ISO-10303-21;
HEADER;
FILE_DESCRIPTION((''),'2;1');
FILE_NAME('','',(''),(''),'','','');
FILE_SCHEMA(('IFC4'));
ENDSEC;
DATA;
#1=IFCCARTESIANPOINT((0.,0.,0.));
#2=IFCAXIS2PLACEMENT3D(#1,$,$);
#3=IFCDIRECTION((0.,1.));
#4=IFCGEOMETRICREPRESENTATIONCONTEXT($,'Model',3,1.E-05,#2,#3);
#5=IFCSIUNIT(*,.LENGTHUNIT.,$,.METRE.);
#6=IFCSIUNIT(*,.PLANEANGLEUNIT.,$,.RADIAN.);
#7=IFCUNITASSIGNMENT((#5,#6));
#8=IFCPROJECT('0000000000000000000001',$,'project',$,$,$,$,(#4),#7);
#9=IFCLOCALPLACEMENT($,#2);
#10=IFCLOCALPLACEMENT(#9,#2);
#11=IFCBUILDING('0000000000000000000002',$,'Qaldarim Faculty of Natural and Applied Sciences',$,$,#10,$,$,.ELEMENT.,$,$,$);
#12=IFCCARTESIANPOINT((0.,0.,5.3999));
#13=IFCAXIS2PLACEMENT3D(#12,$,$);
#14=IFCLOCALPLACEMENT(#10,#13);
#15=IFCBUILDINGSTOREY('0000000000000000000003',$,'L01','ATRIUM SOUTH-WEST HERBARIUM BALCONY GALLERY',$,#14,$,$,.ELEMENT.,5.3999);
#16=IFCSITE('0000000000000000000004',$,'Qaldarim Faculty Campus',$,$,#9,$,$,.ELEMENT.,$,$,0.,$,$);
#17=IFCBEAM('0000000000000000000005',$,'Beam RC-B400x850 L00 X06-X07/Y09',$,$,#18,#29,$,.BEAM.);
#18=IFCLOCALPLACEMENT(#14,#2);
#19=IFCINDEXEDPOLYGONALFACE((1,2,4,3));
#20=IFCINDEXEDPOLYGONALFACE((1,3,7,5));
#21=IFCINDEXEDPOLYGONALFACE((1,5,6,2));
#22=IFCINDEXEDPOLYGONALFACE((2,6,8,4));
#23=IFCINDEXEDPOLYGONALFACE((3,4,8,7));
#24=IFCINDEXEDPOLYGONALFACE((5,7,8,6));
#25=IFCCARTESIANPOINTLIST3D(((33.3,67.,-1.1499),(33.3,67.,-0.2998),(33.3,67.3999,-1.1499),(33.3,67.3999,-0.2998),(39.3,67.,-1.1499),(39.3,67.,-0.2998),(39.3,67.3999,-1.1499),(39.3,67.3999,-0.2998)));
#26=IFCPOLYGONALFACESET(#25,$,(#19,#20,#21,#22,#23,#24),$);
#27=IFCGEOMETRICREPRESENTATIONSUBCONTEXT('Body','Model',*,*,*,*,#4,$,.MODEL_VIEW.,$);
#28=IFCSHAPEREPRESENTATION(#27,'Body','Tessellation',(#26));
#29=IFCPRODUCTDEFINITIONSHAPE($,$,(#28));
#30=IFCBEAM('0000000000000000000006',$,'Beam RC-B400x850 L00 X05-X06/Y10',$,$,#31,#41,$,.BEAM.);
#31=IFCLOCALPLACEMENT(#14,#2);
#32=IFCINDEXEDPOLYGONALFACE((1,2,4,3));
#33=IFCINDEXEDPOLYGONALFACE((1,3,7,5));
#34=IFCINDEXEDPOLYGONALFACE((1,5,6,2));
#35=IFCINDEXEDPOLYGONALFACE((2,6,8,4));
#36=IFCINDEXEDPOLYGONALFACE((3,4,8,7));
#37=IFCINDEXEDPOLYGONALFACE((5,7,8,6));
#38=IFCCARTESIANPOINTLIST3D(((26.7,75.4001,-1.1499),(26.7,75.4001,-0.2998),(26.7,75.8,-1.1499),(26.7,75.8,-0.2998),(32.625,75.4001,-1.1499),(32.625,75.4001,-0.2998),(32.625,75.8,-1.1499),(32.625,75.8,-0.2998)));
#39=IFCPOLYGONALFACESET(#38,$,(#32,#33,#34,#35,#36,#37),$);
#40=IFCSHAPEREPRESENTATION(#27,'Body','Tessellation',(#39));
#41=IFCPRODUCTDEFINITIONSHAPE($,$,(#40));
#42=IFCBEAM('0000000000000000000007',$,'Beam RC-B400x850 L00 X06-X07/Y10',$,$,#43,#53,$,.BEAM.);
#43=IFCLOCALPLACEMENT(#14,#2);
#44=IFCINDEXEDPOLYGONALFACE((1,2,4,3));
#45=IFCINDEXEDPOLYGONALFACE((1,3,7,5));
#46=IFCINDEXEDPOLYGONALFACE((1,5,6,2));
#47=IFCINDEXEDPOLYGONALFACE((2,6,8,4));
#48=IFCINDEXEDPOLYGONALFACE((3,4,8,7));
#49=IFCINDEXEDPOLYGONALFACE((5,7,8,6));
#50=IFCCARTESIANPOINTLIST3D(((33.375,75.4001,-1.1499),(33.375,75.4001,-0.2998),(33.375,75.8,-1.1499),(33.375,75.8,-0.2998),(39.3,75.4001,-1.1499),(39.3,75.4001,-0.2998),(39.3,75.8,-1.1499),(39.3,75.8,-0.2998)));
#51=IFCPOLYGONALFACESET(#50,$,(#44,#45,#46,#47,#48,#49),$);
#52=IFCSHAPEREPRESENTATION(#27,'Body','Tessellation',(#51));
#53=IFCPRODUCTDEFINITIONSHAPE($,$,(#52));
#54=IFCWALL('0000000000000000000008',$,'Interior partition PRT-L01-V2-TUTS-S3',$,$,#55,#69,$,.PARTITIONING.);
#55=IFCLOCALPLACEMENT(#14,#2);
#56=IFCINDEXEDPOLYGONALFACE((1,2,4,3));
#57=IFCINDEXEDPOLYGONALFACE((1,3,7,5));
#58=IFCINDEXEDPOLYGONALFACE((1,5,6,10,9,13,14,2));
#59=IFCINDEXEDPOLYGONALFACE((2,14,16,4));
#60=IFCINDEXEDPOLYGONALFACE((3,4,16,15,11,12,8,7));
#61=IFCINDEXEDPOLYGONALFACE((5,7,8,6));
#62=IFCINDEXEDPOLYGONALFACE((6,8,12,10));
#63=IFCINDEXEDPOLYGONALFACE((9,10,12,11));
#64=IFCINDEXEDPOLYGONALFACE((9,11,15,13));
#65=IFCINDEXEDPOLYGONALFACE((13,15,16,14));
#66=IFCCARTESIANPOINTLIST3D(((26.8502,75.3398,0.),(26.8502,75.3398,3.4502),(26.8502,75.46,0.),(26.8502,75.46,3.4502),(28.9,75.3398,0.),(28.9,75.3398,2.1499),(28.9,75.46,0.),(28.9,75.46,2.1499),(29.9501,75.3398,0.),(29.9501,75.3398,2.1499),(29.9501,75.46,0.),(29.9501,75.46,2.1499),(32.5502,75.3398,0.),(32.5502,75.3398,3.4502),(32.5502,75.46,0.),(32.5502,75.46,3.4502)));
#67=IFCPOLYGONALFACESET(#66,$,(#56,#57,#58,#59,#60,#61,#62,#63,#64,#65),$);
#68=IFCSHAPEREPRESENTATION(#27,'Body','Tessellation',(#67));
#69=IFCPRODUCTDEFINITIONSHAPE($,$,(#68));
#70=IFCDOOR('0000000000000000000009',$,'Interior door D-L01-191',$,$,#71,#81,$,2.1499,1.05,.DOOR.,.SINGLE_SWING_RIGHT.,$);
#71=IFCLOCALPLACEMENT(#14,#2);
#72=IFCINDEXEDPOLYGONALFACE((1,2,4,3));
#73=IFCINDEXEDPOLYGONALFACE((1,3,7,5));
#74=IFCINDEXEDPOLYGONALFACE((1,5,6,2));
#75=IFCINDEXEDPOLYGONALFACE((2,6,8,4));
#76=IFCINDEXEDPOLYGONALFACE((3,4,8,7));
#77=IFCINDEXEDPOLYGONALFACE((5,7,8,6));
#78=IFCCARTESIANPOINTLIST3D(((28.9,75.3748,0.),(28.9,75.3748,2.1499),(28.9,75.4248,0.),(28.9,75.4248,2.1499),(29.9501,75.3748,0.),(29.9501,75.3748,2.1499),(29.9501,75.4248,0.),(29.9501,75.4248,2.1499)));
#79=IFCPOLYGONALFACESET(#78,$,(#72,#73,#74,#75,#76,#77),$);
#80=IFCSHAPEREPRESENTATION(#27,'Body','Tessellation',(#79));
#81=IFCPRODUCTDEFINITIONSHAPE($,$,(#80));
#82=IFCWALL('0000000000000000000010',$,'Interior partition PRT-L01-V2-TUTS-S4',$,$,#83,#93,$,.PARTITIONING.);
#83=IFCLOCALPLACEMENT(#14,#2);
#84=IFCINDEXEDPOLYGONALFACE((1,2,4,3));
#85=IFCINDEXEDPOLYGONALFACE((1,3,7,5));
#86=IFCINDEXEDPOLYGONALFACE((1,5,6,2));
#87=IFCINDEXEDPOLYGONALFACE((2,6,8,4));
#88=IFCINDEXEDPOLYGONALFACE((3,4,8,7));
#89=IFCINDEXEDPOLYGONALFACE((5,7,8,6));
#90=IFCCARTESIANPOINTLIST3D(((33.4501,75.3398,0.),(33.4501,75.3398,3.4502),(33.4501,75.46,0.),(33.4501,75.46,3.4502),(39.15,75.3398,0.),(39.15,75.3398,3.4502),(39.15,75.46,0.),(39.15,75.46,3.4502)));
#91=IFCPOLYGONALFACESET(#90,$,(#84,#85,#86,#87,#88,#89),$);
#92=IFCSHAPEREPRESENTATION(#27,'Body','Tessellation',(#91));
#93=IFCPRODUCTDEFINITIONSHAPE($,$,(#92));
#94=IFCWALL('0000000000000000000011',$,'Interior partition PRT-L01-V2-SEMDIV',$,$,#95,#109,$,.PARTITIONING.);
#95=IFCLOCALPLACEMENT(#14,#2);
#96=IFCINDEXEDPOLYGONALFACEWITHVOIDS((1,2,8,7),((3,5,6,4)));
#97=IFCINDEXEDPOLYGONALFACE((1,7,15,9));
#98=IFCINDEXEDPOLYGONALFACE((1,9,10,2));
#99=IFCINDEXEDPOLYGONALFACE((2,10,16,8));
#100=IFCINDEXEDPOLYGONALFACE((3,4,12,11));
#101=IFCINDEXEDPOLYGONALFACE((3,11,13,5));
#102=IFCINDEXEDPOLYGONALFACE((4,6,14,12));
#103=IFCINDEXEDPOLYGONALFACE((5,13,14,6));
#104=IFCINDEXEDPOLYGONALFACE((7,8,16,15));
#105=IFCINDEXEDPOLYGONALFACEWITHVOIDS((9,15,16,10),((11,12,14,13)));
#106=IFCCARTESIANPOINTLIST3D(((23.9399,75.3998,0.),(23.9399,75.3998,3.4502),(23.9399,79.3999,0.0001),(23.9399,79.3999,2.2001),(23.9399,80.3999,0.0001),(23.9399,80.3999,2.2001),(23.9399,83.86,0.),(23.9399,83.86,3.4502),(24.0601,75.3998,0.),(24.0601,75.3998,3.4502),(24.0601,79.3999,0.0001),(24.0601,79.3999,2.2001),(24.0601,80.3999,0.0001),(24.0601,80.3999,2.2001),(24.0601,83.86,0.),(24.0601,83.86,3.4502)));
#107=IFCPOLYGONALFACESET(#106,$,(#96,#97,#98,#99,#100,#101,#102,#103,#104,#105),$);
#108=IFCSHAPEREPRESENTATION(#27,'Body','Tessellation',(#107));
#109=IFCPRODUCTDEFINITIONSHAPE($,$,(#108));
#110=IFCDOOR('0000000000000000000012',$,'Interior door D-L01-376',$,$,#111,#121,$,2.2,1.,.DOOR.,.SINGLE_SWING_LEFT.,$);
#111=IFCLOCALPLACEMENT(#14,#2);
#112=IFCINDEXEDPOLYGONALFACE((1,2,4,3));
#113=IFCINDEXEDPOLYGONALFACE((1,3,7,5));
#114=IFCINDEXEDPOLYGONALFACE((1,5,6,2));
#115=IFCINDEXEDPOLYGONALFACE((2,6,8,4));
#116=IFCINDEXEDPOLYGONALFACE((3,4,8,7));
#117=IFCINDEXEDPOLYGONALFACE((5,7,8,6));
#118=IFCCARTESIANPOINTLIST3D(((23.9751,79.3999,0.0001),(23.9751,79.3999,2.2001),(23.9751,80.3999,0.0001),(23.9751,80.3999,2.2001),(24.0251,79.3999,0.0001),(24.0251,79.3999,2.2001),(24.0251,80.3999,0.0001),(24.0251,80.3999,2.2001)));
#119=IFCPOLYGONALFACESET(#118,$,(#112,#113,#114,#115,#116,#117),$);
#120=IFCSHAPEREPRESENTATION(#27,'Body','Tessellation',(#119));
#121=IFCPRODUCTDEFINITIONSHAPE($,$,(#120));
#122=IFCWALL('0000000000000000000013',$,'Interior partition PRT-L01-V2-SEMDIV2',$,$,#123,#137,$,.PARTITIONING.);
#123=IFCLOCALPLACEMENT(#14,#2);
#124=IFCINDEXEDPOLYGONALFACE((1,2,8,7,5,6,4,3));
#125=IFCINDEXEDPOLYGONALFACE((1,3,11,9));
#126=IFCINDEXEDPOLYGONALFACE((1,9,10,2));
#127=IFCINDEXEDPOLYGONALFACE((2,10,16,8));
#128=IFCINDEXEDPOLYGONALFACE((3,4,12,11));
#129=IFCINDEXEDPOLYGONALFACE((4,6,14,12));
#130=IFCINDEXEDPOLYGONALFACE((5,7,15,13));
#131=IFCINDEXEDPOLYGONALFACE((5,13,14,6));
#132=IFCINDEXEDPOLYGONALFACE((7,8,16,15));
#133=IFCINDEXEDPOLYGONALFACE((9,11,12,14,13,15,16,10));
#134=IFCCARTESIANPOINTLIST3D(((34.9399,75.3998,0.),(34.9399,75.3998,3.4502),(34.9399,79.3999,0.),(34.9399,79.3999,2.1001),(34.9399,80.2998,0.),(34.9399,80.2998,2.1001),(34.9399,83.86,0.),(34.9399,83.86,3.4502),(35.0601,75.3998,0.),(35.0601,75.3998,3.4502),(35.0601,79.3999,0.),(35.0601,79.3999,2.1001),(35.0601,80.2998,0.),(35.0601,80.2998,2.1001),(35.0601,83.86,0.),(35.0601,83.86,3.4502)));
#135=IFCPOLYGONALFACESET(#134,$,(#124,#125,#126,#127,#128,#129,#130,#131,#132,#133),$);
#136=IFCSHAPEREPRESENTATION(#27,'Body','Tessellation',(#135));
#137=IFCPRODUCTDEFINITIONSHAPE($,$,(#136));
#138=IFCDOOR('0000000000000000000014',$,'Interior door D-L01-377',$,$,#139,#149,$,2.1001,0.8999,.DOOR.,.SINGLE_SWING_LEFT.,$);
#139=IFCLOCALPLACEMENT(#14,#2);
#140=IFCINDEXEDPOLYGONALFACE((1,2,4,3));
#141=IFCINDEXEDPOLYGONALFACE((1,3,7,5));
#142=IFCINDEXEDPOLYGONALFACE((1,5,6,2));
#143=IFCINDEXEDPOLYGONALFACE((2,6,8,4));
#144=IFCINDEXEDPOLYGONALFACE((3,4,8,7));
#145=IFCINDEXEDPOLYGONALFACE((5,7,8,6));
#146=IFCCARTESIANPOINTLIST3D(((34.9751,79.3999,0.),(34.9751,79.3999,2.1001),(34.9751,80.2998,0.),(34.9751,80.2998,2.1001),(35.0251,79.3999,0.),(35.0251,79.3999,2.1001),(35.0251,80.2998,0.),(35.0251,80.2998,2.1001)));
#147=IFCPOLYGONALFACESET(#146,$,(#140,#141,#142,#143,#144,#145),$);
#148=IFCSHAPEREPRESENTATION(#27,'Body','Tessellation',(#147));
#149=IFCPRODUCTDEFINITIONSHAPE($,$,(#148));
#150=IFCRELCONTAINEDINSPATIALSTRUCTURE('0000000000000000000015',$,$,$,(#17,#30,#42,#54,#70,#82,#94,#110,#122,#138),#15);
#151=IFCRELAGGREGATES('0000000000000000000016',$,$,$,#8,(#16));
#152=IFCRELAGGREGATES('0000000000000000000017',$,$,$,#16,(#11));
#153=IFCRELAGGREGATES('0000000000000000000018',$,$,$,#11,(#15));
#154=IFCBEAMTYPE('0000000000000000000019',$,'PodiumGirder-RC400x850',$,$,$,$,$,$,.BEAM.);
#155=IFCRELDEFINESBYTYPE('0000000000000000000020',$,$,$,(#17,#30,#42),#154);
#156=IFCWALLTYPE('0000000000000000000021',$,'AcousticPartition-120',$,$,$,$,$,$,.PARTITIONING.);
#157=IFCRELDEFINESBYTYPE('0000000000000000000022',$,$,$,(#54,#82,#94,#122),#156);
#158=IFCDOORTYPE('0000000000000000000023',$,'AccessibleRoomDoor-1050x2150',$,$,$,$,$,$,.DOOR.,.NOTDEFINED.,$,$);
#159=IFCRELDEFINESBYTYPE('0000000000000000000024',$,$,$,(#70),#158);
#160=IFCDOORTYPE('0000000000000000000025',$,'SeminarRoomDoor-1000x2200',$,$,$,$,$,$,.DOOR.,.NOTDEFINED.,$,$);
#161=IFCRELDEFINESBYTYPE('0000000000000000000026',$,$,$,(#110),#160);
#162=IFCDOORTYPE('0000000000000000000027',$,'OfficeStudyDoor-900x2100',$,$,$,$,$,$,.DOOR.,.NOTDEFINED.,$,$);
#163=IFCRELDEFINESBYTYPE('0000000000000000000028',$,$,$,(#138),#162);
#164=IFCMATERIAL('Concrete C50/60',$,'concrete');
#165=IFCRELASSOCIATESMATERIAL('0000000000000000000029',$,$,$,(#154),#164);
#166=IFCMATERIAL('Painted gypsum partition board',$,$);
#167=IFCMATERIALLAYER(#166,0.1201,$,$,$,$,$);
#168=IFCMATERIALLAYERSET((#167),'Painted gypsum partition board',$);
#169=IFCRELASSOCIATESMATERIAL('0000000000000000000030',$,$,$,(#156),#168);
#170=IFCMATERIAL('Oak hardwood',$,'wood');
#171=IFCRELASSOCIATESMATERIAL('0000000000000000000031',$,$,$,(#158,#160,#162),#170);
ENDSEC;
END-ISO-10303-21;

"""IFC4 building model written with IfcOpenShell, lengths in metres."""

from ifc_helpers import new_model, si_unit, direction, frame, frame_2d, origin, origin_2d, place, context, subcontext, project, spatial, rectangle, extrude, material, layer, layer_set, material_profile, profile_set, type_object, element, fill, save


model = new_model("IFC4")

# Units and contexts
model_context = context("Model", 3, precision=1e-05, world=origin(), true_north=direction((0.0, 1.0)))
body_context = subcontext(model_context, "Body", "Model", "MODEL_VIEW")
ifc_project = project(units=[si_unit("LENGTHUNIT", "METRE"), si_unit("PLANEANGLEUNIT", "RADIAN")], contexts=[model_context])

# Site, building, storey
site_placement = place(None, origin())
site = spatial("IfcSite", under=ifc_project, at=site_placement, Name="Qaldarim Faculty Campus", CompositionType="ELEMENT", RefElevation=0.0)
building_placement = place(site_placement, origin())
building = spatial("IfcBuilding", under=site, at=building_placement, Name="Qaldarim Faculty of Natural and Applied Sciences", CompositionType="ELEMENT")
storey_placement = place(building_placement, frame((0.0, 0.0, 5.3999)))
storey = spatial("IfcBuildingStorey", under=building, at=storey_placement, Name="L01", Description="ATRIUM SOUTH-WEST HERBARIUM BALCONY GALLERY", CompositionType="ELEMENT", Elevation=5.3999)

# Shared definitions
ifc_material_1 = material(Name="Concrete C50/60", Category="concrete")

# Beams
ifc_material_profile_1 = material_profile(ifc_material_1, rectangle(XDim=0.3999, YDim=0.8501, at=origin_2d()), Name="RC-B400x850")
ifc_profile_set_1 = profile_set([ifc_material_profile_1], Name="Concrete C50/60")
beam_type_1 = type_object("IfcBeamType", Name="PodiumGirder-RC400x850", PredefinedType="BEAM", material=ifc_profile_set_1)
beam_1_placement = place(storey_placement, frame((33.3, 67.2, -0.7249), z_axis=(1.0, 0.0, 0.0), x_axis=(0.0, 1.0, 0.0)))
element("IfcBeam", 1, at=beam_1_placement, inside=storey, type_object=beam_type_1, Name="Beam RC-B400x850 L00 X06-X07/Y09", PredefinedType="BEAM", context=body_context, shape_type="SweptSolid", body=[
    extrude(rectangle(XDim=0.3999, YDim=0.8501, at=origin_2d()), origin(), (0.0, 0.0, 1.0), 6.0),
])
for number, where, z_axis, x_axis, name in (
    (2, (26.7, 75.6001, -0.7249), (1.0, 0.0, 0.0), (0.0, 1.0, 0.0), "Beam RC-B400x850 L00 X05-X06/Y10"),
    (3, (33.375, 75.6001, -0.7249), (1.0, 0.0, 0.0), (0.0, 1.0, 0.0), "Beam RC-B400x850 L00 X06-X07/Y10"),
):
    element("IfcBeam", number, at=place(storey_placement, frame(where, z_axis=z_axis, x_axis=x_axis)), inside=storey, type_object=beam_type_1, Name=name, PredefinedType="BEAM", context=body_context, shape_type="SweptSolid", body=[
        extrude(rectangle(XDim=0.3999, YDim=0.8501, at=origin_2d()), origin(), (0.0, 0.0, 1.0), 5.925),
    ])

# Wall, opening, door
ifc_material_2 = material(Name="Painted gypsum partition board")
ifc_layer = layer(ifc_material_2, 0.1201)
ifc_layer_set = layer_set([ifc_layer], Name="Painted gypsum partition board")
wall_type = type_object("IfcWallType", Name="AcousticPartition-120", PredefinedType="PARTITIONING", material=ifc_layer_set)
wall_1_placement = place(storey_placement, frame((26.8501, 75.3999, 0.0), z_axis=(0.0, 0.0, 1.0), x_axis=(1.0, 0.0, 0.0)))
wall_1 = element("IfcWall", 4, at=wall_1_placement, inside=storey, type_object=wall_type, Name="Interior partition PRT-L01-V2-TUTS-S3", PredefinedType="PARTITIONING", context=body_context, shape_type="SweptSolid", body=[
    extrude(rectangle(XDim=5.7, YDim=0.1201, at=frame_2d((2.8501, 0.0))), origin(), (0.0, 0.0, 1.0), 3.4502),
])
opening_1_placement = place(wall_1_placement, frame((2.05, 0.0, 0.0)))
opening_1 = element("IfcOpeningElement", 5, at=opening_1_placement, cuts=wall_1, PredefinedType="OPENING", context=body_context, shape_type="SweptSolid", body=[
    extrude(rectangle(XDim=1.05, YDim=2.1499, at=frame_2d((0.5249, 1.075))), frame((0.0, 0.0701, 0.0), z_axis=(0.0, -1.0, 0.0), x_axis=(1.0, 0.0, 0.0)), (0.0, 0.0, 1.0), 0.1401),
])
ifc_material_3 = material(Name="Oak hardwood", Category="wood")
door_type_1 = type_object("IfcDoorType", Name="AccessibleRoomDoor-1050x2150", OperationType="NOTDEFINED", PredefinedType="DOOR", material=ifc_material_3)
door_1_placement = place(opening_1_placement, origin())
door_1 = element("IfcDoor", 6, at=door_1_placement, inside=storey, type_object=door_type_1, Name="Interior door D-L01-191", OperationType="SINGLE_SWING_RIGHT", OverallHeight=2.1499, OverallWidth=1.05, PredefinedType="DOOR", context=body_context, shape_type="SweptSolid", body=[
    extrude(rectangle(XDim=1.05, YDim=2.1499, at=frame_2d((0.5249, 1.075))), frame((0.0, 0.0249, 0.0), z_axis=(0.0, -1.0, 0.0), x_axis=(1.0, 0.0, 0.0)), (0.0, 0.0, 1.0), 0.05),
])
fill(opening_1, door_1)

# Wall
wall_2_placement = place(storey_placement, frame((33.45, 75.3999, 0.0), z_axis=(0.0, 0.0, 1.0), x_axis=(1.0, 0.0, 0.0)))
element("IfcWall", 7, at=wall_2_placement, inside=storey, type_object=wall_type, Name="Interior partition PRT-L01-V2-TUTS-S4", PredefinedType="PARTITIONING", context=body_context, shape_type="SweptSolid", body=[
    extrude(rectangle(XDim=5.7, YDim=0.1201, at=frame_2d((2.8501, 0.0))), origin(), (0.0, 0.0, 1.0), 3.4502),
])

# Walls, openings, doors
wall_3_placement = place(storey_placement, frame((24.0, 75.3999, 0.0), z_axis=(0.0, 0.0, 1.0), x_axis=(0.0, 1.0, 0.0)))
wall_3 = element("IfcWall", 8, at=wall_3_placement, inside=storey, type_object=wall_type, Name="Interior partition PRT-L01-V2-SEMDIV", PredefinedType="PARTITIONING", context=body_context, shape_type="SweptSolid", body=[
    extrude(rectangle(XDim=8.4602, YDim=0.1201, at=frame_2d((4.23, 0.0))), origin(), (0.0, 0.0, 1.0), 3.4502),
])
opening_2_placement = place(wall_3_placement, frame((4.0, 0.0, 0.0)))
opening_2 = element("IfcOpeningElement", 9, at=opening_2_placement, cuts=wall_3, PredefinedType="OPENING", context=body_context, shape_type="SweptSolid", body=[
    extrude(rectangle(XDim=1.0, YDim=2.2, at=frame_2d((0.5, 1.1001))), frame((0.0, 0.0701, 0.0), z_axis=(0.0, -1.0, 0.0), x_axis=(1.0, 0.0, 0.0)), (0.0, 0.0, 1.0), 0.1401),
])
door_type_2 = type_object("IfcDoorType", Name="SeminarRoomDoor-1000x2200", OperationType="NOTDEFINED", PredefinedType="DOOR", material=ifc_material_3)
door_2_placement = place(opening_2_placement, origin())
door_2 = element("IfcDoor", 10, at=door_2_placement, inside=storey, type_object=door_type_2, Name="Interior door D-L01-376", OperationType="SINGLE_SWING_LEFT", OverallHeight=2.2, OverallWidth=1.0, PredefinedType="DOOR", context=body_context, shape_type="SweptSolid", body=[
    extrude(rectangle(XDim=1.0, YDim=2.2, at=frame_2d((0.5, 1.1001))), frame((0.0, 0.0249, 0.0), z_axis=(0.0, -1.0, 0.0), x_axis=(1.0, 0.0, 0.0)), (0.0, 0.0, 1.0), 0.05),
])
fill(opening_2, door_2)
wall_4_placement = place(storey_placement, frame((35.0, 75.3999, 0.0), z_axis=(0.0, 0.0, 1.0), x_axis=(0.0, 1.0, 0.0)))
wall_4 = element("IfcWall", 11, at=wall_4_placement, inside=storey, type_object=wall_type, Name="Interior partition PRT-L01-V2-SEMDIV2", PredefinedType="PARTITIONING", context=body_context, shape_type="SweptSolid", body=[
    extrude(rectangle(XDim=8.4602, YDim=0.1201, at=frame_2d((4.23, 0.0))), origin(), (0.0, 0.0, 1.0), 3.4502),
])
opening_3_placement = place(wall_4_placement, frame((4.0, 0.0, 0.0)))
opening_3 = element("IfcOpeningElement", 12, at=opening_3_placement, cuts=wall_4, PredefinedType="OPENING", context=body_context, shape_type="SweptSolid", body=[
    extrude(rectangle(XDim=0.8999, YDim=2.1001, at=frame_2d((0.45, 1.05))), frame((0.0, 0.0701, 0.0), z_axis=(0.0, -1.0, 0.0), x_axis=(1.0, 0.0, 0.0)), (0.0, 0.0, 1.0), 0.1401),
])
door_type_3 = type_object("IfcDoorType", Name="OfficeStudyDoor-900x2100", OperationType="NOTDEFINED", PredefinedType="DOOR", material=ifc_material_3)
door_3_placement = place(opening_3_placement, origin())
door_3 = element("IfcDoor", 13, at=door_3_placement, inside=storey, type_object=door_type_3, Name="Interior door D-L01-377", OperationType="SINGLE_SWING_LEFT", OverallHeight=2.1001, OverallWidth=0.8999, PredefinedType="DOOR", context=body_context, shape_type="SweptSolid", body=[
    extrude(rectangle(XDim=0.8999, YDim=2.1001, at=frame_2d((0.45, 1.05))), frame((0.0, 0.0249, 0.0), z_axis=(0.0, -1.0, 0.0), x_axis=(1.0, 0.0, 0.0)), (0.0, 0.0, 1.0), 0.05),
])
fill(opening_3, door_3)

save(model, "model.ifc")
